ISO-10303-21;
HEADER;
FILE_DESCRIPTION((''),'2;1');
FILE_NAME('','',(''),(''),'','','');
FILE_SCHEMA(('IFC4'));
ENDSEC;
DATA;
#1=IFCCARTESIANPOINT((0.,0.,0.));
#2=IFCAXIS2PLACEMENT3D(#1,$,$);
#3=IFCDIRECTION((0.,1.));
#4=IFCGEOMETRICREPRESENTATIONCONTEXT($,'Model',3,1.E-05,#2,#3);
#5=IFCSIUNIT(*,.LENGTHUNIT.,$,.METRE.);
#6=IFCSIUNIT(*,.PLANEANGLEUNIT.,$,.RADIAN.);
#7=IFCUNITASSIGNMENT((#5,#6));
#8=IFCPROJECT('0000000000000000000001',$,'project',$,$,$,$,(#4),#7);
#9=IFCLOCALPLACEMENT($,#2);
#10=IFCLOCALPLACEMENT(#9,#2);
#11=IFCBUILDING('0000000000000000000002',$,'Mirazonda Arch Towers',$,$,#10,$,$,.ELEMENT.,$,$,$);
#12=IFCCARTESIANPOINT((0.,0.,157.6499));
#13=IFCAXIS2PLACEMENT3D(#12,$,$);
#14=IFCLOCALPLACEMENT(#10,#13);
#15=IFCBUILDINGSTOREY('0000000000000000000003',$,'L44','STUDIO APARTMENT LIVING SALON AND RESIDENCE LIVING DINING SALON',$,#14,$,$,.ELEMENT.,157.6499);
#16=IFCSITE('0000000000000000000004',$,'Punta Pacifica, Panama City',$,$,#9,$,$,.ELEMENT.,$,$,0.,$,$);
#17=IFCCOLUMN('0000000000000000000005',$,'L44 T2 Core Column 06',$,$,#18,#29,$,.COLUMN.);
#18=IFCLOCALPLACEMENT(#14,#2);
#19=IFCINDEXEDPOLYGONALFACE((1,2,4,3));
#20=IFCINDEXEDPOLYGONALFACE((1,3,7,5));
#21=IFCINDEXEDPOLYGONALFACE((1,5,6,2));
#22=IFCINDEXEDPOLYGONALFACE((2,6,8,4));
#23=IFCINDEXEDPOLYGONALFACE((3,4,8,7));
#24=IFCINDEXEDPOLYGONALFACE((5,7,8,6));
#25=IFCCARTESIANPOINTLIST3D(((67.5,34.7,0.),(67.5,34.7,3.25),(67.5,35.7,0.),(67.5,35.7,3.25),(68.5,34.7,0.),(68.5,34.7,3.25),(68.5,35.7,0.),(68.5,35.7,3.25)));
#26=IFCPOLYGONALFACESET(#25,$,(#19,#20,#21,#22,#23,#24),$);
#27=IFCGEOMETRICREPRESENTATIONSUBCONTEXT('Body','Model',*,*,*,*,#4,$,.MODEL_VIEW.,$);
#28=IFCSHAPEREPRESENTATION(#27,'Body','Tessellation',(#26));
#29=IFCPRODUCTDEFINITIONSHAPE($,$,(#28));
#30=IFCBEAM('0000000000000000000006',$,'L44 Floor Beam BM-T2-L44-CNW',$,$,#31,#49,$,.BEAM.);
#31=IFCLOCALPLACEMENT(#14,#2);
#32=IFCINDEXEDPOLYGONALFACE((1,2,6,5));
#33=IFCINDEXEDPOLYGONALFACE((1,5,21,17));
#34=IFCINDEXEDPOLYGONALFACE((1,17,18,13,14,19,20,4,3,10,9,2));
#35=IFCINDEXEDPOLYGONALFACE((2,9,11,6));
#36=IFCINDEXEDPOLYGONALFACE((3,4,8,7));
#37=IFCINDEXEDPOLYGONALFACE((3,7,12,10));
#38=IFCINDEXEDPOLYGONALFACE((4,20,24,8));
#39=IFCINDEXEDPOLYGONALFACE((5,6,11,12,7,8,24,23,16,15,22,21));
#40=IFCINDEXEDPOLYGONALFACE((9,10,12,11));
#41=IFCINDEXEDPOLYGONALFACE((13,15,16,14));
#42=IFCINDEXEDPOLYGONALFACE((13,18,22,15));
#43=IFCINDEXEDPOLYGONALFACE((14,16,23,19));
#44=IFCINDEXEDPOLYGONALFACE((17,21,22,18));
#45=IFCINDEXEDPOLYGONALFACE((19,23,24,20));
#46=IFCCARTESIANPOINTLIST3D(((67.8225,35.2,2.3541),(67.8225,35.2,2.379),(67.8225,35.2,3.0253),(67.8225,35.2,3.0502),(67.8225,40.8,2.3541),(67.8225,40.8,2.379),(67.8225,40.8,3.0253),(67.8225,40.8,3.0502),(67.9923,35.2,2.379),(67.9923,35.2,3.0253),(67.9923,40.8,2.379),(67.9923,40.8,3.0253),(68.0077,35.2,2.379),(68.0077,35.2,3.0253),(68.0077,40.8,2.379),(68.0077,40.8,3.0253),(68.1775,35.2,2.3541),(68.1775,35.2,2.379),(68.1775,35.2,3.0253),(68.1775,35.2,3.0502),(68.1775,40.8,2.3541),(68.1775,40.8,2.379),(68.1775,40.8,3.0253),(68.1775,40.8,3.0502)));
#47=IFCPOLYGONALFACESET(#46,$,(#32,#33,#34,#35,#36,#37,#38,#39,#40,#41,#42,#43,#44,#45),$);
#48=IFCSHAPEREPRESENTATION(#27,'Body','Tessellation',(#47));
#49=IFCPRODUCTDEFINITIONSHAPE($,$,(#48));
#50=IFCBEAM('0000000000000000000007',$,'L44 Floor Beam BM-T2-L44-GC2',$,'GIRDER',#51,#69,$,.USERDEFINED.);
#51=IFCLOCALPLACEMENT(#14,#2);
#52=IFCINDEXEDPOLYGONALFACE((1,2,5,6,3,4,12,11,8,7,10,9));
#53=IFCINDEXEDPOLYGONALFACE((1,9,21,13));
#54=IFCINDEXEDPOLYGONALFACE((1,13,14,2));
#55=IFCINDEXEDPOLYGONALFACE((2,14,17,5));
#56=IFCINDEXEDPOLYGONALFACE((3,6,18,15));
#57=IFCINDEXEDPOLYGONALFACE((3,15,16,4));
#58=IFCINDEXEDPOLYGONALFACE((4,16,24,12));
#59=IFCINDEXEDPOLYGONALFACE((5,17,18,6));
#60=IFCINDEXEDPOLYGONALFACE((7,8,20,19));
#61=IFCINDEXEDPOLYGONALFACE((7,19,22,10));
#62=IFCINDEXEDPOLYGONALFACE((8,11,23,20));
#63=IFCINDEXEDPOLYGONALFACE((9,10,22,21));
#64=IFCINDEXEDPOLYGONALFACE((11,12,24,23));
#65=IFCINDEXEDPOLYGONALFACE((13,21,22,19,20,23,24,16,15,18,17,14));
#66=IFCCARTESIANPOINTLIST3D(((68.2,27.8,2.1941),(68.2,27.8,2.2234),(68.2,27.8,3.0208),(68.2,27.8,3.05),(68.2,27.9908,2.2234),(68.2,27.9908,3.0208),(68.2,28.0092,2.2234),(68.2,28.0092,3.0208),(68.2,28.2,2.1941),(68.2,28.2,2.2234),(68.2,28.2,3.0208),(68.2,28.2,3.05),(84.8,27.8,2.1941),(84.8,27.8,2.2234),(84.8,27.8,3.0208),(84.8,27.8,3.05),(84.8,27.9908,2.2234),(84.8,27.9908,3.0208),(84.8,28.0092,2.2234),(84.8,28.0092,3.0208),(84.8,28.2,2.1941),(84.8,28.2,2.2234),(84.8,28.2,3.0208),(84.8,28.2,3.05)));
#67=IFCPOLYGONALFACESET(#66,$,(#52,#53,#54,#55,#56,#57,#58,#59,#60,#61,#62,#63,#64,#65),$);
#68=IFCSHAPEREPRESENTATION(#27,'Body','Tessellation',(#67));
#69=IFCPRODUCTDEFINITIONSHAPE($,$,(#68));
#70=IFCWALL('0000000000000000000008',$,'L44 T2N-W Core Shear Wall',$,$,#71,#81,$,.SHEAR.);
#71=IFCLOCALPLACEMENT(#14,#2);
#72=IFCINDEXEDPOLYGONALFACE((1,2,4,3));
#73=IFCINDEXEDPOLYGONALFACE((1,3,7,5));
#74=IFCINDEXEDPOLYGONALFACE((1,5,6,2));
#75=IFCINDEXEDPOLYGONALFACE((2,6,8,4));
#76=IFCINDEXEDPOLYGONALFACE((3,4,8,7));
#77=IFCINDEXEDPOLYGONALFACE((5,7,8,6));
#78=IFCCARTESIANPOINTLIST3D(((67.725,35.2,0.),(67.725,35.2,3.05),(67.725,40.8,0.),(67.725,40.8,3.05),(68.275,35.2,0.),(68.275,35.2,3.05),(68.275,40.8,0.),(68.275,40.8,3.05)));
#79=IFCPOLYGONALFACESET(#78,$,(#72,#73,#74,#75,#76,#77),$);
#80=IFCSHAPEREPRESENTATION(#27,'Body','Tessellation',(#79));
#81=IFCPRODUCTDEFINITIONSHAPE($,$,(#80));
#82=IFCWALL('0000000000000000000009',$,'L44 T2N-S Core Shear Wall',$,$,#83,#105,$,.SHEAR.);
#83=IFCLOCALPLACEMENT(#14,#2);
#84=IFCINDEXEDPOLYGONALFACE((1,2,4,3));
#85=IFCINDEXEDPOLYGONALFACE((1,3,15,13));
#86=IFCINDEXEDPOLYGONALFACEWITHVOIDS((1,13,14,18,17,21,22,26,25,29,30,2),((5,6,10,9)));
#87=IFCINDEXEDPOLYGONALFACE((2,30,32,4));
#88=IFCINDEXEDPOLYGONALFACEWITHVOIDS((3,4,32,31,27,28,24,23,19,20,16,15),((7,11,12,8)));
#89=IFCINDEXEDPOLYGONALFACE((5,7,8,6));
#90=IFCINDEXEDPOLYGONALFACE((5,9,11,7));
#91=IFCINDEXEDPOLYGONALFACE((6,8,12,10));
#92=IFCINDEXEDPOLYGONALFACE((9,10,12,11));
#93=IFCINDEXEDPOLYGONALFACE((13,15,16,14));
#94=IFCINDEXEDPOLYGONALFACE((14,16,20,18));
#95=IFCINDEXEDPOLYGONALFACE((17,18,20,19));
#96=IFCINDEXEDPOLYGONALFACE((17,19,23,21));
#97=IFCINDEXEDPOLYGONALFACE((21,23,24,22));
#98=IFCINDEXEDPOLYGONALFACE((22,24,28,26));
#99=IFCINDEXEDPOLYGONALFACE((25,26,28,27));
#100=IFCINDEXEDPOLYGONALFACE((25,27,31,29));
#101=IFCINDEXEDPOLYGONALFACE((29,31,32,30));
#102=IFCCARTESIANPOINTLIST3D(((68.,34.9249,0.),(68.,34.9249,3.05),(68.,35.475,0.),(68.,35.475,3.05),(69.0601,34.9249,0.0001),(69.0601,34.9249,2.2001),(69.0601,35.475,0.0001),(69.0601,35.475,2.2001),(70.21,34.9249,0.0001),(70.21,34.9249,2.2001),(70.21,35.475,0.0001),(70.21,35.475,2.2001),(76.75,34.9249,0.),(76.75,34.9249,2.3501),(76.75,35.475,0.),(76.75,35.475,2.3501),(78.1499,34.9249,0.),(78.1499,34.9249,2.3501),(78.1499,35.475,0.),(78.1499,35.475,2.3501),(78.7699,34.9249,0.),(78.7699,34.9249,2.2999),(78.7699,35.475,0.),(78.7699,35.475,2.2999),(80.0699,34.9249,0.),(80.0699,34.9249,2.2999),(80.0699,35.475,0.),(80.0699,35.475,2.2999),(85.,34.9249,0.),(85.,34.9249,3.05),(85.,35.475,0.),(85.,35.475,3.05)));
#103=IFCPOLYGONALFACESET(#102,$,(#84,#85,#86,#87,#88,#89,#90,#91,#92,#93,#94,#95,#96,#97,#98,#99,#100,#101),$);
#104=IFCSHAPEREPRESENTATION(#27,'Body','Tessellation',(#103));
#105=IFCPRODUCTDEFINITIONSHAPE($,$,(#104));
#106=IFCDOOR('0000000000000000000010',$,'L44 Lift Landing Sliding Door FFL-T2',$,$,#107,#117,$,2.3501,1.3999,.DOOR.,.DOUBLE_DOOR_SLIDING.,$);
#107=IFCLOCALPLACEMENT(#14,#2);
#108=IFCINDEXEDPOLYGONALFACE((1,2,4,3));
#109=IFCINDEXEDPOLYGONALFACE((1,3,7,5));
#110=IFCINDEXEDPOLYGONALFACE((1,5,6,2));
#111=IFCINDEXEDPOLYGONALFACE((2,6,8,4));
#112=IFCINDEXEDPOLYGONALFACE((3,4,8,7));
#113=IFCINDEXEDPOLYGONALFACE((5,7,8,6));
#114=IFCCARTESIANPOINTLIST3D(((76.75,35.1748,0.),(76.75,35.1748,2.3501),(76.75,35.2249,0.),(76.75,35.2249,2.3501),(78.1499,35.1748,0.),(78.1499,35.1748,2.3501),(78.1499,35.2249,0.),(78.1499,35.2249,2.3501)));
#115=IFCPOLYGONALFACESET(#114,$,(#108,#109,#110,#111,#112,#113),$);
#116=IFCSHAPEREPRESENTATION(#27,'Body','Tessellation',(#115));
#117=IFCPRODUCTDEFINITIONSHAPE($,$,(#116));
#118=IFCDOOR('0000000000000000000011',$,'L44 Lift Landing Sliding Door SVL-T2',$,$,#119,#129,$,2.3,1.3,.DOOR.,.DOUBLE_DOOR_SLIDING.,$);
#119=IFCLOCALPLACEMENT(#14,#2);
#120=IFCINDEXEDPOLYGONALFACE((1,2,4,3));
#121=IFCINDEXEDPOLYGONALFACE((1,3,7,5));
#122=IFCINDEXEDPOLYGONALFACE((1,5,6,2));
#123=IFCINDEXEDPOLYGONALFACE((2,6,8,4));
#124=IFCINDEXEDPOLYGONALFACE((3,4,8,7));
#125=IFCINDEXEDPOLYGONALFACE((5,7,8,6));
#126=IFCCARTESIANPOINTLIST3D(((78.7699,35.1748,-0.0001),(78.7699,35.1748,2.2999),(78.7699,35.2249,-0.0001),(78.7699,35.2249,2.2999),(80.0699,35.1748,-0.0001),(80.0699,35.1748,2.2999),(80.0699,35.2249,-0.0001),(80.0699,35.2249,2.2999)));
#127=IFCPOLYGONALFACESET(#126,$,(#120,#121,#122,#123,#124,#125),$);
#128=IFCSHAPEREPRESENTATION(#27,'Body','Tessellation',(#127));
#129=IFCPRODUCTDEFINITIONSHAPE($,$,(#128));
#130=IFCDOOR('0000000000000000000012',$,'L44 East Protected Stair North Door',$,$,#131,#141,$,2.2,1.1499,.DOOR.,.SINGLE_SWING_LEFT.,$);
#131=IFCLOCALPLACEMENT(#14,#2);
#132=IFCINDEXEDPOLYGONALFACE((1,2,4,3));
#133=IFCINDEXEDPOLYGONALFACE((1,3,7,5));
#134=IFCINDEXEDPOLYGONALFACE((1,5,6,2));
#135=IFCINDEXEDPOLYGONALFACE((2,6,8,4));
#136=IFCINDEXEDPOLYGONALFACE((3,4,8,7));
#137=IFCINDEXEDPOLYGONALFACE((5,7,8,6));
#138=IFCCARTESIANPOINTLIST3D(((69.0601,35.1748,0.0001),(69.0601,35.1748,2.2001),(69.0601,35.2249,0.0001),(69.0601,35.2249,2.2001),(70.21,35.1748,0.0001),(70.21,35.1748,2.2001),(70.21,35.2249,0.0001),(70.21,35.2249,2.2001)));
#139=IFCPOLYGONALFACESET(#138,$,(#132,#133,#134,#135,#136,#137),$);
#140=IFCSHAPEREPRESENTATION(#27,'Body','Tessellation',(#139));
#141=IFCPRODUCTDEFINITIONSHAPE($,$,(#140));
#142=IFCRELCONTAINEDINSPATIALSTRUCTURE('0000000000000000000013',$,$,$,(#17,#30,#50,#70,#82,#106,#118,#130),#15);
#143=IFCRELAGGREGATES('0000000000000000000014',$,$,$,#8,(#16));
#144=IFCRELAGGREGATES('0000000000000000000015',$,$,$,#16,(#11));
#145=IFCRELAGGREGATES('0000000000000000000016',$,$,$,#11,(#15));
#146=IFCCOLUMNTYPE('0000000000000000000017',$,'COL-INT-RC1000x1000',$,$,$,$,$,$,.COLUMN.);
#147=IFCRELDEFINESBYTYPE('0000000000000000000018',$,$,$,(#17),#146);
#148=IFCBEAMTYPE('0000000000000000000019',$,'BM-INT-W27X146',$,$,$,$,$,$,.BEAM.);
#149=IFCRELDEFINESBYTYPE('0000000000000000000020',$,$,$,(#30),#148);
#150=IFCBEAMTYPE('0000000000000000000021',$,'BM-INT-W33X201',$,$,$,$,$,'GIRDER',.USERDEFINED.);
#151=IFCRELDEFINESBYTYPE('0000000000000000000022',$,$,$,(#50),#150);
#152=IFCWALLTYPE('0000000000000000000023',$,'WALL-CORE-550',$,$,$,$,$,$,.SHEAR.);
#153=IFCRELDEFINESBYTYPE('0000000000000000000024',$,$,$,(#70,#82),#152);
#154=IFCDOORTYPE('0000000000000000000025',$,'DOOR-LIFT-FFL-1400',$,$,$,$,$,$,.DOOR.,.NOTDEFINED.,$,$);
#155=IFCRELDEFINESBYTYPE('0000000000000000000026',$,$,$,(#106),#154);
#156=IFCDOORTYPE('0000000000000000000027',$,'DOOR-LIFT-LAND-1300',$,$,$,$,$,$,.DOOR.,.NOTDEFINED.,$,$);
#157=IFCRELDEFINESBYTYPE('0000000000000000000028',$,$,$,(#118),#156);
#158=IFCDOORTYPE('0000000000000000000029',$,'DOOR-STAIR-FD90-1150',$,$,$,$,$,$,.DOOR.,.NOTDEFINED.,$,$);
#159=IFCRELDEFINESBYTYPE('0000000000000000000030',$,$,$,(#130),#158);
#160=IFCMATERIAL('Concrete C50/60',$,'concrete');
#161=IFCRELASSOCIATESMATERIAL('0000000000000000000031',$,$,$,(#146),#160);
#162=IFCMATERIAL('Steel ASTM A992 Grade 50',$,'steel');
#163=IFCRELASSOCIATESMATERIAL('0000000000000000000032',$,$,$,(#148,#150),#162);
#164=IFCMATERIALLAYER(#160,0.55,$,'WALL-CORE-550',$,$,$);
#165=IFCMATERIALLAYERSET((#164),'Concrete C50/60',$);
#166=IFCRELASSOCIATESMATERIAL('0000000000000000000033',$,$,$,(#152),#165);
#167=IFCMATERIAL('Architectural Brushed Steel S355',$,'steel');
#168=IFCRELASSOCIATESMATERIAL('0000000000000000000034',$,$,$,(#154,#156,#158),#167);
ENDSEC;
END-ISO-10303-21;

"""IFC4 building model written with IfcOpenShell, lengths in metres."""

from ifc_helpers import new_model, si_unit, direction, frame, frame_2d, origin, origin_2d, place, context, subcontext, project, spatial, rectangle, i_section, extrude, material, layer, layer_set, material_profile, profile_set, type_object, element, fill, save


model = new_model("IFC4")

# Units and contexts
model_context = context("Model", 3, precision=1e-05, world=origin(), true_north=direction((0.0, 1.0)))
body_context = subcontext(model_context, "Body", "Model", "MODEL_VIEW")
ifc_project = project(units=[si_unit("LENGTHUNIT", "METRE"), si_unit("PLANEANGLEUNIT", "RADIAN")], contexts=[model_context])

# Site, building, storey
site_placement = place(None, origin())
site = spatial("IfcSite", under=ifc_project, at=site_placement, Name="Punta Pacifica, Panama City", CompositionType="ELEMENT", RefElevation=0.0)
building_placement = place(site_placement, origin())
building = spatial("IfcBuilding", under=site, at=building_placement, Name="Mirazonda Arch Towers", CompositionType="ELEMENT")
storey_placement = place(building_placement, frame((0.0, 0.0, 157.6499)))
storey = spatial("IfcBuildingStorey", under=building, at=storey_placement, Name="L44", Description="STUDIO APARTMENT LIVING SALON AND RESIDENCE LIVING DINING SALON", CompositionType="ELEMENT", Elevation=157.6499)

# Column
ifc_material_1 = material(Name="Concrete C50/60", Category="concrete")
ifc_material_profile_1 = material_profile(ifc_material_1, rectangle(XDim=1.0, YDim=1.0, at=origin_2d()), Name="RC1000x1000")
ifc_profile_set_1 = profile_set([ifc_material_profile_1], Name="Concrete C50/60")
column_type = type_object("IfcColumnType", Name="COL-INT-RC1000x1000", PredefinedType="COLUMN", material=ifc_profile_set_1)
column_placement = place(storey_placement, frame((68.0, 35.2, 0.0), z_axis=(0.0, 0.0, 1.0), x_axis=(1.0, 0.0, 0.0)))
element("IfcColumn", 1, at=column_placement, inside=storey, type_object=column_type, Name="L44 T2 Core Column 06", PredefinedType="COLUMN", context=body_context, shape_type="SweptSolid", body=[
    extrude(rectangle(XDim=1.0, YDim=1.0, at=origin_2d()), origin(), (0.0, 0.0, 1.0), 3.25),
])

# Beams
ifc_material_2 = material(Name="Steel ASTM A992 Grade 50", Category="steel")
ifc_material_profile_2 = material_profile(ifc_material_2, i_section(OverallWidth=0.355, OverallDepth=0.696, WebThickness=0.0154, FlangeThickness=0.0249, at=origin_2d()), Name="W27X146")
ifc_profile_set_2 = profile_set([ifc_material_profile_2], Name="Steel ASTM A992 Grade 50")
beam_type_1 = type_object("IfcBeamType", Name="BM-INT-W27X146", PredefinedType="BEAM", material=ifc_profile_set_2)
beam_1_placement = place(storey_placement, frame((68.0, 35.2, 2.7021), z_axis=(0.0, 1.0, 0.0), x_axis=(-1.0, 0.0, 0.0)))
element("IfcBeam", 2, at=beam_1_placement, inside=storey, type_object=beam_type_1, Name="L44 Floor Beam BM-T2-L44-CNW", PredefinedType="BEAM", context=body_context, shape_type="SweptSolid", body=[
    extrude(i_section(OverallWidth=0.355, OverallDepth=0.696, WebThickness=0.0154, FlangeThickness=0.0249, at=origin_2d()), origin(), (0.0, 0.0, 1.0), 5.6001),
])
ifc_material_profile_3 = material_profile(ifc_material_2, i_section(OverallWidth=0.3999, OverallDepth=0.856, WebThickness=0.0183, FlangeThickness=0.0293, at=origin_2d()), Name="W33X201")
ifc_profile_set_3 = profile_set([ifc_material_profile_3], Name="Steel ASTM A992 Grade 50")
beam_type_2 = type_object("IfcBeamType", Name="BM-INT-W33X201", ElementType="GIRDER", PredefinedType="USERDEFINED", material=ifc_profile_set_3)
beam_2_placement = place(storey_placement, frame((68.2, 28.0, 2.6221), z_axis=(1.0, 0.0, 0.0), x_axis=(0.0, 1.0, 0.0)))
element("IfcBeam", 3, at=beam_2_placement, inside=storey, type_object=beam_type_2, Name="L44 Floor Beam BM-T2-L44-GC2", ObjectType="GIRDER", PredefinedType="USERDEFINED", context=body_context, shape_type="SweptSolid", body=[
    extrude(i_section(OverallWidth=0.3999, OverallDepth=0.856, WebThickness=0.0183, FlangeThickness=0.0293, at=origin_2d()), origin(), (0.0, 0.0, 1.0), 16.6001),
])

# Wall
ifc_layer_1 = layer(ifc_material_1, 0.55, Name="WALL-CORE-550")
ifc_layer_set_1 = layer_set([ifc_layer_1], Name="Concrete C50/60")
wall_type_1 = type_object("IfcWallType", Name="WALL-CORE-550", PredefinedType="SHEAR", material=ifc_layer_set_1)
wall_1_placement = place(storey_placement, frame((68.0, 35.2, 0.0), z_axis=(0.0, 0.0, 1.0), x_axis=(0.0, 1.0, 0.0)))
element("IfcWall", 4, at=wall_1_placement, inside=storey, type_object=wall_type_1, Name="L44 T2N-W Core Shear Wall", PredefinedType="SHEAR", context=body_context, shape_type="SweptSolid", body=[
    extrude(rectangle(XDim=5.6001, YDim=0.55, at=frame_2d((2.8, 0.0))), origin(), (0.0, 0.0, 1.0), 3.05),
])

# Wall, openings, doors
wall_2_placement = place(storey_placement, frame((68.0, 35.2, 0.0), z_axis=(0.0, 0.0, 1.0), x_axis=(1.0, 0.0, 0.0)))
wall_2 = element("IfcWall", 5, at=wall_2_placement, inside=storey, type_object=wall_type_1, Name="L44 T2N-S Core Shear Wall", PredefinedType="SHEAR", context=body_context, shape_type="SweptSolid", body=[
    extrude(rectangle(XDim=17.0, YDim=0.55, at=frame_2d((8.5, 0.0))), origin(), (0.0, 0.0, 1.0), 3.05),
])
opening_1_placement = place(wall_2_placement, frame((1.0601, 0.0, 0.0)))
opening_1 = element("IfcOpeningElement", 6, at=opening_1_placement, cuts=wall_2, PredefinedType="OPENING", context=body_context, shape_type="SweptSolid", body=[
    extrude(rectangle(XDim=1.1499, YDim=2.2, at=frame_2d((0.575, 1.1001))), frame((0.0, 0.2849, 0.0), z_axis=(0.0, -1.0, 0.0), x_axis=(1.0, 0.0, 0.0)), (0.0, 0.0, 1.0), 0.5701),
])
opening_2_placement = place(wall_2_placement, frame((8.75, 0.0, 0.0)))
opening_2 = element("IfcOpeningElement", 7, at=opening_2_placement, cuts=wall_2, PredefinedType="OPENING", context=body_context, shape_type="SweptSolid", body=[
    extrude(rectangle(XDim=1.3999, YDim=2.3501, at=frame_2d((0.7, 1.175))), frame((0.0, 0.2849, 0.0), z_axis=(0.0, -1.0, 0.0), x_axis=(1.0, 0.0, 0.0)), (0.0, 0.0, 1.0), 0.5701),
])
opening_3_placement = place(wall_2_placement, frame((10.77, 0.0, 0.0)))
opening_3 = element("IfcOpeningElement", 8, at=opening_3_placement, cuts=wall_2, PredefinedType="OPENING", context=body_context, shape_type="SweptSolid", body=[
    extrude(rectangle(XDim=1.3, YDim=2.3, at=frame_2d((0.6499, 1.1499))), frame((0.0, 0.2849, 0.0), z_axis=(0.0, -1.0, 0.0), x_axis=(1.0, 0.0, 0.0)), (0.0, 0.0, 1.0), 0.5701),
])
ifc_material_3 = material(Name="Architectural Brushed Steel S355", Category="steel")
door_type_1 = type_object("IfcDoorType", Name="DOOR-LIFT-FFL-1400", OperationType="NOTDEFINED", PredefinedType="DOOR", material=ifc_material_3)
door_1_placement = place(opening_2_placement, origin())
door_1 = element("IfcDoor", 9, at=door_1_placement, inside=storey, type_object=door_type_1, Name="L44 Lift Landing Sliding Door FFL-T2", OperationType="DOUBLE_DOOR_SLIDING", OverallHeight=2.3501, OverallWidth=1.3999, PredefinedType="DOOR", context=body_context, shape_type="SweptSolid", body=[
    extrude(rectangle(XDim=1.3999, YDim=2.3501, at=frame_2d((0.7, 1.175))), frame((0.0, 0.0249, 0.0), z_axis=(0.0, -1.0, 0.0), x_axis=(1.0, 0.0, 0.0)), (0.0, 0.0, 1.0), 0.05),
])
fill(opening_2, door_1)
door_type_2 = type_object("IfcDoorType", Name="DOOR-LIFT-LAND-1300", OperationType="NOTDEFINED", PredefinedType="DOOR", material=ifc_material_3)
door_2_placement = place(opening_3_placement, origin())
door_2 = element("IfcDoor", 10, at=door_2_placement, inside=storey, type_object=door_type_2, Name="L44 Lift Landing Sliding Door SVL-T2", OperationType="DOUBLE_DOOR_SLIDING", OverallHeight=2.3, OverallWidth=1.3, PredefinedType="DOOR", context=body_context, shape_type="SweptSolid", body=[
    extrude(rectangle(XDim=1.3, YDim=2.3, at=frame_2d((0.6499, 1.1499))), frame((0.0, 0.0249, 0.0), z_axis=(0.0, -1.0, 0.0), x_axis=(1.0, 0.0, 0.0)), (0.0, 0.0, 1.0), 0.05),
])
fill(opening_3, door_2)
door_type_3 = type_object("IfcDoorType", Name="DOOR-STAIR-FD90-1150", OperationType="NOTDEFINED", PredefinedType="DOOR", material=ifc_material_3)
door_3_placement = place(opening_1_placement, origin())
door_3 = element("IfcDoor", 11, at=door_3_placement, inside=storey, type_object=door_type_3, Name="L44 East Protected Stair North Door", OperationType="SINGLE_SWING_LEFT", OverallHeight=2.2, OverallWidth=1.1499, PredefinedType="DOOR", context=body_context, shape_type="SweptSolid", body=[
    extrude(rectangle(XDim=1.1499, YDim=2.2, at=frame_2d((0.575, 1.1001))), frame((0.0, 0.0249, 0.0), z_axis=(0.0, -1.0, 0.0), x_axis=(1.0, 0.0, 0.0)), (0.0, 0.0, 1.0), 0.05),
])
fill(opening_1, door_3)

save(model, "model.ifc")
